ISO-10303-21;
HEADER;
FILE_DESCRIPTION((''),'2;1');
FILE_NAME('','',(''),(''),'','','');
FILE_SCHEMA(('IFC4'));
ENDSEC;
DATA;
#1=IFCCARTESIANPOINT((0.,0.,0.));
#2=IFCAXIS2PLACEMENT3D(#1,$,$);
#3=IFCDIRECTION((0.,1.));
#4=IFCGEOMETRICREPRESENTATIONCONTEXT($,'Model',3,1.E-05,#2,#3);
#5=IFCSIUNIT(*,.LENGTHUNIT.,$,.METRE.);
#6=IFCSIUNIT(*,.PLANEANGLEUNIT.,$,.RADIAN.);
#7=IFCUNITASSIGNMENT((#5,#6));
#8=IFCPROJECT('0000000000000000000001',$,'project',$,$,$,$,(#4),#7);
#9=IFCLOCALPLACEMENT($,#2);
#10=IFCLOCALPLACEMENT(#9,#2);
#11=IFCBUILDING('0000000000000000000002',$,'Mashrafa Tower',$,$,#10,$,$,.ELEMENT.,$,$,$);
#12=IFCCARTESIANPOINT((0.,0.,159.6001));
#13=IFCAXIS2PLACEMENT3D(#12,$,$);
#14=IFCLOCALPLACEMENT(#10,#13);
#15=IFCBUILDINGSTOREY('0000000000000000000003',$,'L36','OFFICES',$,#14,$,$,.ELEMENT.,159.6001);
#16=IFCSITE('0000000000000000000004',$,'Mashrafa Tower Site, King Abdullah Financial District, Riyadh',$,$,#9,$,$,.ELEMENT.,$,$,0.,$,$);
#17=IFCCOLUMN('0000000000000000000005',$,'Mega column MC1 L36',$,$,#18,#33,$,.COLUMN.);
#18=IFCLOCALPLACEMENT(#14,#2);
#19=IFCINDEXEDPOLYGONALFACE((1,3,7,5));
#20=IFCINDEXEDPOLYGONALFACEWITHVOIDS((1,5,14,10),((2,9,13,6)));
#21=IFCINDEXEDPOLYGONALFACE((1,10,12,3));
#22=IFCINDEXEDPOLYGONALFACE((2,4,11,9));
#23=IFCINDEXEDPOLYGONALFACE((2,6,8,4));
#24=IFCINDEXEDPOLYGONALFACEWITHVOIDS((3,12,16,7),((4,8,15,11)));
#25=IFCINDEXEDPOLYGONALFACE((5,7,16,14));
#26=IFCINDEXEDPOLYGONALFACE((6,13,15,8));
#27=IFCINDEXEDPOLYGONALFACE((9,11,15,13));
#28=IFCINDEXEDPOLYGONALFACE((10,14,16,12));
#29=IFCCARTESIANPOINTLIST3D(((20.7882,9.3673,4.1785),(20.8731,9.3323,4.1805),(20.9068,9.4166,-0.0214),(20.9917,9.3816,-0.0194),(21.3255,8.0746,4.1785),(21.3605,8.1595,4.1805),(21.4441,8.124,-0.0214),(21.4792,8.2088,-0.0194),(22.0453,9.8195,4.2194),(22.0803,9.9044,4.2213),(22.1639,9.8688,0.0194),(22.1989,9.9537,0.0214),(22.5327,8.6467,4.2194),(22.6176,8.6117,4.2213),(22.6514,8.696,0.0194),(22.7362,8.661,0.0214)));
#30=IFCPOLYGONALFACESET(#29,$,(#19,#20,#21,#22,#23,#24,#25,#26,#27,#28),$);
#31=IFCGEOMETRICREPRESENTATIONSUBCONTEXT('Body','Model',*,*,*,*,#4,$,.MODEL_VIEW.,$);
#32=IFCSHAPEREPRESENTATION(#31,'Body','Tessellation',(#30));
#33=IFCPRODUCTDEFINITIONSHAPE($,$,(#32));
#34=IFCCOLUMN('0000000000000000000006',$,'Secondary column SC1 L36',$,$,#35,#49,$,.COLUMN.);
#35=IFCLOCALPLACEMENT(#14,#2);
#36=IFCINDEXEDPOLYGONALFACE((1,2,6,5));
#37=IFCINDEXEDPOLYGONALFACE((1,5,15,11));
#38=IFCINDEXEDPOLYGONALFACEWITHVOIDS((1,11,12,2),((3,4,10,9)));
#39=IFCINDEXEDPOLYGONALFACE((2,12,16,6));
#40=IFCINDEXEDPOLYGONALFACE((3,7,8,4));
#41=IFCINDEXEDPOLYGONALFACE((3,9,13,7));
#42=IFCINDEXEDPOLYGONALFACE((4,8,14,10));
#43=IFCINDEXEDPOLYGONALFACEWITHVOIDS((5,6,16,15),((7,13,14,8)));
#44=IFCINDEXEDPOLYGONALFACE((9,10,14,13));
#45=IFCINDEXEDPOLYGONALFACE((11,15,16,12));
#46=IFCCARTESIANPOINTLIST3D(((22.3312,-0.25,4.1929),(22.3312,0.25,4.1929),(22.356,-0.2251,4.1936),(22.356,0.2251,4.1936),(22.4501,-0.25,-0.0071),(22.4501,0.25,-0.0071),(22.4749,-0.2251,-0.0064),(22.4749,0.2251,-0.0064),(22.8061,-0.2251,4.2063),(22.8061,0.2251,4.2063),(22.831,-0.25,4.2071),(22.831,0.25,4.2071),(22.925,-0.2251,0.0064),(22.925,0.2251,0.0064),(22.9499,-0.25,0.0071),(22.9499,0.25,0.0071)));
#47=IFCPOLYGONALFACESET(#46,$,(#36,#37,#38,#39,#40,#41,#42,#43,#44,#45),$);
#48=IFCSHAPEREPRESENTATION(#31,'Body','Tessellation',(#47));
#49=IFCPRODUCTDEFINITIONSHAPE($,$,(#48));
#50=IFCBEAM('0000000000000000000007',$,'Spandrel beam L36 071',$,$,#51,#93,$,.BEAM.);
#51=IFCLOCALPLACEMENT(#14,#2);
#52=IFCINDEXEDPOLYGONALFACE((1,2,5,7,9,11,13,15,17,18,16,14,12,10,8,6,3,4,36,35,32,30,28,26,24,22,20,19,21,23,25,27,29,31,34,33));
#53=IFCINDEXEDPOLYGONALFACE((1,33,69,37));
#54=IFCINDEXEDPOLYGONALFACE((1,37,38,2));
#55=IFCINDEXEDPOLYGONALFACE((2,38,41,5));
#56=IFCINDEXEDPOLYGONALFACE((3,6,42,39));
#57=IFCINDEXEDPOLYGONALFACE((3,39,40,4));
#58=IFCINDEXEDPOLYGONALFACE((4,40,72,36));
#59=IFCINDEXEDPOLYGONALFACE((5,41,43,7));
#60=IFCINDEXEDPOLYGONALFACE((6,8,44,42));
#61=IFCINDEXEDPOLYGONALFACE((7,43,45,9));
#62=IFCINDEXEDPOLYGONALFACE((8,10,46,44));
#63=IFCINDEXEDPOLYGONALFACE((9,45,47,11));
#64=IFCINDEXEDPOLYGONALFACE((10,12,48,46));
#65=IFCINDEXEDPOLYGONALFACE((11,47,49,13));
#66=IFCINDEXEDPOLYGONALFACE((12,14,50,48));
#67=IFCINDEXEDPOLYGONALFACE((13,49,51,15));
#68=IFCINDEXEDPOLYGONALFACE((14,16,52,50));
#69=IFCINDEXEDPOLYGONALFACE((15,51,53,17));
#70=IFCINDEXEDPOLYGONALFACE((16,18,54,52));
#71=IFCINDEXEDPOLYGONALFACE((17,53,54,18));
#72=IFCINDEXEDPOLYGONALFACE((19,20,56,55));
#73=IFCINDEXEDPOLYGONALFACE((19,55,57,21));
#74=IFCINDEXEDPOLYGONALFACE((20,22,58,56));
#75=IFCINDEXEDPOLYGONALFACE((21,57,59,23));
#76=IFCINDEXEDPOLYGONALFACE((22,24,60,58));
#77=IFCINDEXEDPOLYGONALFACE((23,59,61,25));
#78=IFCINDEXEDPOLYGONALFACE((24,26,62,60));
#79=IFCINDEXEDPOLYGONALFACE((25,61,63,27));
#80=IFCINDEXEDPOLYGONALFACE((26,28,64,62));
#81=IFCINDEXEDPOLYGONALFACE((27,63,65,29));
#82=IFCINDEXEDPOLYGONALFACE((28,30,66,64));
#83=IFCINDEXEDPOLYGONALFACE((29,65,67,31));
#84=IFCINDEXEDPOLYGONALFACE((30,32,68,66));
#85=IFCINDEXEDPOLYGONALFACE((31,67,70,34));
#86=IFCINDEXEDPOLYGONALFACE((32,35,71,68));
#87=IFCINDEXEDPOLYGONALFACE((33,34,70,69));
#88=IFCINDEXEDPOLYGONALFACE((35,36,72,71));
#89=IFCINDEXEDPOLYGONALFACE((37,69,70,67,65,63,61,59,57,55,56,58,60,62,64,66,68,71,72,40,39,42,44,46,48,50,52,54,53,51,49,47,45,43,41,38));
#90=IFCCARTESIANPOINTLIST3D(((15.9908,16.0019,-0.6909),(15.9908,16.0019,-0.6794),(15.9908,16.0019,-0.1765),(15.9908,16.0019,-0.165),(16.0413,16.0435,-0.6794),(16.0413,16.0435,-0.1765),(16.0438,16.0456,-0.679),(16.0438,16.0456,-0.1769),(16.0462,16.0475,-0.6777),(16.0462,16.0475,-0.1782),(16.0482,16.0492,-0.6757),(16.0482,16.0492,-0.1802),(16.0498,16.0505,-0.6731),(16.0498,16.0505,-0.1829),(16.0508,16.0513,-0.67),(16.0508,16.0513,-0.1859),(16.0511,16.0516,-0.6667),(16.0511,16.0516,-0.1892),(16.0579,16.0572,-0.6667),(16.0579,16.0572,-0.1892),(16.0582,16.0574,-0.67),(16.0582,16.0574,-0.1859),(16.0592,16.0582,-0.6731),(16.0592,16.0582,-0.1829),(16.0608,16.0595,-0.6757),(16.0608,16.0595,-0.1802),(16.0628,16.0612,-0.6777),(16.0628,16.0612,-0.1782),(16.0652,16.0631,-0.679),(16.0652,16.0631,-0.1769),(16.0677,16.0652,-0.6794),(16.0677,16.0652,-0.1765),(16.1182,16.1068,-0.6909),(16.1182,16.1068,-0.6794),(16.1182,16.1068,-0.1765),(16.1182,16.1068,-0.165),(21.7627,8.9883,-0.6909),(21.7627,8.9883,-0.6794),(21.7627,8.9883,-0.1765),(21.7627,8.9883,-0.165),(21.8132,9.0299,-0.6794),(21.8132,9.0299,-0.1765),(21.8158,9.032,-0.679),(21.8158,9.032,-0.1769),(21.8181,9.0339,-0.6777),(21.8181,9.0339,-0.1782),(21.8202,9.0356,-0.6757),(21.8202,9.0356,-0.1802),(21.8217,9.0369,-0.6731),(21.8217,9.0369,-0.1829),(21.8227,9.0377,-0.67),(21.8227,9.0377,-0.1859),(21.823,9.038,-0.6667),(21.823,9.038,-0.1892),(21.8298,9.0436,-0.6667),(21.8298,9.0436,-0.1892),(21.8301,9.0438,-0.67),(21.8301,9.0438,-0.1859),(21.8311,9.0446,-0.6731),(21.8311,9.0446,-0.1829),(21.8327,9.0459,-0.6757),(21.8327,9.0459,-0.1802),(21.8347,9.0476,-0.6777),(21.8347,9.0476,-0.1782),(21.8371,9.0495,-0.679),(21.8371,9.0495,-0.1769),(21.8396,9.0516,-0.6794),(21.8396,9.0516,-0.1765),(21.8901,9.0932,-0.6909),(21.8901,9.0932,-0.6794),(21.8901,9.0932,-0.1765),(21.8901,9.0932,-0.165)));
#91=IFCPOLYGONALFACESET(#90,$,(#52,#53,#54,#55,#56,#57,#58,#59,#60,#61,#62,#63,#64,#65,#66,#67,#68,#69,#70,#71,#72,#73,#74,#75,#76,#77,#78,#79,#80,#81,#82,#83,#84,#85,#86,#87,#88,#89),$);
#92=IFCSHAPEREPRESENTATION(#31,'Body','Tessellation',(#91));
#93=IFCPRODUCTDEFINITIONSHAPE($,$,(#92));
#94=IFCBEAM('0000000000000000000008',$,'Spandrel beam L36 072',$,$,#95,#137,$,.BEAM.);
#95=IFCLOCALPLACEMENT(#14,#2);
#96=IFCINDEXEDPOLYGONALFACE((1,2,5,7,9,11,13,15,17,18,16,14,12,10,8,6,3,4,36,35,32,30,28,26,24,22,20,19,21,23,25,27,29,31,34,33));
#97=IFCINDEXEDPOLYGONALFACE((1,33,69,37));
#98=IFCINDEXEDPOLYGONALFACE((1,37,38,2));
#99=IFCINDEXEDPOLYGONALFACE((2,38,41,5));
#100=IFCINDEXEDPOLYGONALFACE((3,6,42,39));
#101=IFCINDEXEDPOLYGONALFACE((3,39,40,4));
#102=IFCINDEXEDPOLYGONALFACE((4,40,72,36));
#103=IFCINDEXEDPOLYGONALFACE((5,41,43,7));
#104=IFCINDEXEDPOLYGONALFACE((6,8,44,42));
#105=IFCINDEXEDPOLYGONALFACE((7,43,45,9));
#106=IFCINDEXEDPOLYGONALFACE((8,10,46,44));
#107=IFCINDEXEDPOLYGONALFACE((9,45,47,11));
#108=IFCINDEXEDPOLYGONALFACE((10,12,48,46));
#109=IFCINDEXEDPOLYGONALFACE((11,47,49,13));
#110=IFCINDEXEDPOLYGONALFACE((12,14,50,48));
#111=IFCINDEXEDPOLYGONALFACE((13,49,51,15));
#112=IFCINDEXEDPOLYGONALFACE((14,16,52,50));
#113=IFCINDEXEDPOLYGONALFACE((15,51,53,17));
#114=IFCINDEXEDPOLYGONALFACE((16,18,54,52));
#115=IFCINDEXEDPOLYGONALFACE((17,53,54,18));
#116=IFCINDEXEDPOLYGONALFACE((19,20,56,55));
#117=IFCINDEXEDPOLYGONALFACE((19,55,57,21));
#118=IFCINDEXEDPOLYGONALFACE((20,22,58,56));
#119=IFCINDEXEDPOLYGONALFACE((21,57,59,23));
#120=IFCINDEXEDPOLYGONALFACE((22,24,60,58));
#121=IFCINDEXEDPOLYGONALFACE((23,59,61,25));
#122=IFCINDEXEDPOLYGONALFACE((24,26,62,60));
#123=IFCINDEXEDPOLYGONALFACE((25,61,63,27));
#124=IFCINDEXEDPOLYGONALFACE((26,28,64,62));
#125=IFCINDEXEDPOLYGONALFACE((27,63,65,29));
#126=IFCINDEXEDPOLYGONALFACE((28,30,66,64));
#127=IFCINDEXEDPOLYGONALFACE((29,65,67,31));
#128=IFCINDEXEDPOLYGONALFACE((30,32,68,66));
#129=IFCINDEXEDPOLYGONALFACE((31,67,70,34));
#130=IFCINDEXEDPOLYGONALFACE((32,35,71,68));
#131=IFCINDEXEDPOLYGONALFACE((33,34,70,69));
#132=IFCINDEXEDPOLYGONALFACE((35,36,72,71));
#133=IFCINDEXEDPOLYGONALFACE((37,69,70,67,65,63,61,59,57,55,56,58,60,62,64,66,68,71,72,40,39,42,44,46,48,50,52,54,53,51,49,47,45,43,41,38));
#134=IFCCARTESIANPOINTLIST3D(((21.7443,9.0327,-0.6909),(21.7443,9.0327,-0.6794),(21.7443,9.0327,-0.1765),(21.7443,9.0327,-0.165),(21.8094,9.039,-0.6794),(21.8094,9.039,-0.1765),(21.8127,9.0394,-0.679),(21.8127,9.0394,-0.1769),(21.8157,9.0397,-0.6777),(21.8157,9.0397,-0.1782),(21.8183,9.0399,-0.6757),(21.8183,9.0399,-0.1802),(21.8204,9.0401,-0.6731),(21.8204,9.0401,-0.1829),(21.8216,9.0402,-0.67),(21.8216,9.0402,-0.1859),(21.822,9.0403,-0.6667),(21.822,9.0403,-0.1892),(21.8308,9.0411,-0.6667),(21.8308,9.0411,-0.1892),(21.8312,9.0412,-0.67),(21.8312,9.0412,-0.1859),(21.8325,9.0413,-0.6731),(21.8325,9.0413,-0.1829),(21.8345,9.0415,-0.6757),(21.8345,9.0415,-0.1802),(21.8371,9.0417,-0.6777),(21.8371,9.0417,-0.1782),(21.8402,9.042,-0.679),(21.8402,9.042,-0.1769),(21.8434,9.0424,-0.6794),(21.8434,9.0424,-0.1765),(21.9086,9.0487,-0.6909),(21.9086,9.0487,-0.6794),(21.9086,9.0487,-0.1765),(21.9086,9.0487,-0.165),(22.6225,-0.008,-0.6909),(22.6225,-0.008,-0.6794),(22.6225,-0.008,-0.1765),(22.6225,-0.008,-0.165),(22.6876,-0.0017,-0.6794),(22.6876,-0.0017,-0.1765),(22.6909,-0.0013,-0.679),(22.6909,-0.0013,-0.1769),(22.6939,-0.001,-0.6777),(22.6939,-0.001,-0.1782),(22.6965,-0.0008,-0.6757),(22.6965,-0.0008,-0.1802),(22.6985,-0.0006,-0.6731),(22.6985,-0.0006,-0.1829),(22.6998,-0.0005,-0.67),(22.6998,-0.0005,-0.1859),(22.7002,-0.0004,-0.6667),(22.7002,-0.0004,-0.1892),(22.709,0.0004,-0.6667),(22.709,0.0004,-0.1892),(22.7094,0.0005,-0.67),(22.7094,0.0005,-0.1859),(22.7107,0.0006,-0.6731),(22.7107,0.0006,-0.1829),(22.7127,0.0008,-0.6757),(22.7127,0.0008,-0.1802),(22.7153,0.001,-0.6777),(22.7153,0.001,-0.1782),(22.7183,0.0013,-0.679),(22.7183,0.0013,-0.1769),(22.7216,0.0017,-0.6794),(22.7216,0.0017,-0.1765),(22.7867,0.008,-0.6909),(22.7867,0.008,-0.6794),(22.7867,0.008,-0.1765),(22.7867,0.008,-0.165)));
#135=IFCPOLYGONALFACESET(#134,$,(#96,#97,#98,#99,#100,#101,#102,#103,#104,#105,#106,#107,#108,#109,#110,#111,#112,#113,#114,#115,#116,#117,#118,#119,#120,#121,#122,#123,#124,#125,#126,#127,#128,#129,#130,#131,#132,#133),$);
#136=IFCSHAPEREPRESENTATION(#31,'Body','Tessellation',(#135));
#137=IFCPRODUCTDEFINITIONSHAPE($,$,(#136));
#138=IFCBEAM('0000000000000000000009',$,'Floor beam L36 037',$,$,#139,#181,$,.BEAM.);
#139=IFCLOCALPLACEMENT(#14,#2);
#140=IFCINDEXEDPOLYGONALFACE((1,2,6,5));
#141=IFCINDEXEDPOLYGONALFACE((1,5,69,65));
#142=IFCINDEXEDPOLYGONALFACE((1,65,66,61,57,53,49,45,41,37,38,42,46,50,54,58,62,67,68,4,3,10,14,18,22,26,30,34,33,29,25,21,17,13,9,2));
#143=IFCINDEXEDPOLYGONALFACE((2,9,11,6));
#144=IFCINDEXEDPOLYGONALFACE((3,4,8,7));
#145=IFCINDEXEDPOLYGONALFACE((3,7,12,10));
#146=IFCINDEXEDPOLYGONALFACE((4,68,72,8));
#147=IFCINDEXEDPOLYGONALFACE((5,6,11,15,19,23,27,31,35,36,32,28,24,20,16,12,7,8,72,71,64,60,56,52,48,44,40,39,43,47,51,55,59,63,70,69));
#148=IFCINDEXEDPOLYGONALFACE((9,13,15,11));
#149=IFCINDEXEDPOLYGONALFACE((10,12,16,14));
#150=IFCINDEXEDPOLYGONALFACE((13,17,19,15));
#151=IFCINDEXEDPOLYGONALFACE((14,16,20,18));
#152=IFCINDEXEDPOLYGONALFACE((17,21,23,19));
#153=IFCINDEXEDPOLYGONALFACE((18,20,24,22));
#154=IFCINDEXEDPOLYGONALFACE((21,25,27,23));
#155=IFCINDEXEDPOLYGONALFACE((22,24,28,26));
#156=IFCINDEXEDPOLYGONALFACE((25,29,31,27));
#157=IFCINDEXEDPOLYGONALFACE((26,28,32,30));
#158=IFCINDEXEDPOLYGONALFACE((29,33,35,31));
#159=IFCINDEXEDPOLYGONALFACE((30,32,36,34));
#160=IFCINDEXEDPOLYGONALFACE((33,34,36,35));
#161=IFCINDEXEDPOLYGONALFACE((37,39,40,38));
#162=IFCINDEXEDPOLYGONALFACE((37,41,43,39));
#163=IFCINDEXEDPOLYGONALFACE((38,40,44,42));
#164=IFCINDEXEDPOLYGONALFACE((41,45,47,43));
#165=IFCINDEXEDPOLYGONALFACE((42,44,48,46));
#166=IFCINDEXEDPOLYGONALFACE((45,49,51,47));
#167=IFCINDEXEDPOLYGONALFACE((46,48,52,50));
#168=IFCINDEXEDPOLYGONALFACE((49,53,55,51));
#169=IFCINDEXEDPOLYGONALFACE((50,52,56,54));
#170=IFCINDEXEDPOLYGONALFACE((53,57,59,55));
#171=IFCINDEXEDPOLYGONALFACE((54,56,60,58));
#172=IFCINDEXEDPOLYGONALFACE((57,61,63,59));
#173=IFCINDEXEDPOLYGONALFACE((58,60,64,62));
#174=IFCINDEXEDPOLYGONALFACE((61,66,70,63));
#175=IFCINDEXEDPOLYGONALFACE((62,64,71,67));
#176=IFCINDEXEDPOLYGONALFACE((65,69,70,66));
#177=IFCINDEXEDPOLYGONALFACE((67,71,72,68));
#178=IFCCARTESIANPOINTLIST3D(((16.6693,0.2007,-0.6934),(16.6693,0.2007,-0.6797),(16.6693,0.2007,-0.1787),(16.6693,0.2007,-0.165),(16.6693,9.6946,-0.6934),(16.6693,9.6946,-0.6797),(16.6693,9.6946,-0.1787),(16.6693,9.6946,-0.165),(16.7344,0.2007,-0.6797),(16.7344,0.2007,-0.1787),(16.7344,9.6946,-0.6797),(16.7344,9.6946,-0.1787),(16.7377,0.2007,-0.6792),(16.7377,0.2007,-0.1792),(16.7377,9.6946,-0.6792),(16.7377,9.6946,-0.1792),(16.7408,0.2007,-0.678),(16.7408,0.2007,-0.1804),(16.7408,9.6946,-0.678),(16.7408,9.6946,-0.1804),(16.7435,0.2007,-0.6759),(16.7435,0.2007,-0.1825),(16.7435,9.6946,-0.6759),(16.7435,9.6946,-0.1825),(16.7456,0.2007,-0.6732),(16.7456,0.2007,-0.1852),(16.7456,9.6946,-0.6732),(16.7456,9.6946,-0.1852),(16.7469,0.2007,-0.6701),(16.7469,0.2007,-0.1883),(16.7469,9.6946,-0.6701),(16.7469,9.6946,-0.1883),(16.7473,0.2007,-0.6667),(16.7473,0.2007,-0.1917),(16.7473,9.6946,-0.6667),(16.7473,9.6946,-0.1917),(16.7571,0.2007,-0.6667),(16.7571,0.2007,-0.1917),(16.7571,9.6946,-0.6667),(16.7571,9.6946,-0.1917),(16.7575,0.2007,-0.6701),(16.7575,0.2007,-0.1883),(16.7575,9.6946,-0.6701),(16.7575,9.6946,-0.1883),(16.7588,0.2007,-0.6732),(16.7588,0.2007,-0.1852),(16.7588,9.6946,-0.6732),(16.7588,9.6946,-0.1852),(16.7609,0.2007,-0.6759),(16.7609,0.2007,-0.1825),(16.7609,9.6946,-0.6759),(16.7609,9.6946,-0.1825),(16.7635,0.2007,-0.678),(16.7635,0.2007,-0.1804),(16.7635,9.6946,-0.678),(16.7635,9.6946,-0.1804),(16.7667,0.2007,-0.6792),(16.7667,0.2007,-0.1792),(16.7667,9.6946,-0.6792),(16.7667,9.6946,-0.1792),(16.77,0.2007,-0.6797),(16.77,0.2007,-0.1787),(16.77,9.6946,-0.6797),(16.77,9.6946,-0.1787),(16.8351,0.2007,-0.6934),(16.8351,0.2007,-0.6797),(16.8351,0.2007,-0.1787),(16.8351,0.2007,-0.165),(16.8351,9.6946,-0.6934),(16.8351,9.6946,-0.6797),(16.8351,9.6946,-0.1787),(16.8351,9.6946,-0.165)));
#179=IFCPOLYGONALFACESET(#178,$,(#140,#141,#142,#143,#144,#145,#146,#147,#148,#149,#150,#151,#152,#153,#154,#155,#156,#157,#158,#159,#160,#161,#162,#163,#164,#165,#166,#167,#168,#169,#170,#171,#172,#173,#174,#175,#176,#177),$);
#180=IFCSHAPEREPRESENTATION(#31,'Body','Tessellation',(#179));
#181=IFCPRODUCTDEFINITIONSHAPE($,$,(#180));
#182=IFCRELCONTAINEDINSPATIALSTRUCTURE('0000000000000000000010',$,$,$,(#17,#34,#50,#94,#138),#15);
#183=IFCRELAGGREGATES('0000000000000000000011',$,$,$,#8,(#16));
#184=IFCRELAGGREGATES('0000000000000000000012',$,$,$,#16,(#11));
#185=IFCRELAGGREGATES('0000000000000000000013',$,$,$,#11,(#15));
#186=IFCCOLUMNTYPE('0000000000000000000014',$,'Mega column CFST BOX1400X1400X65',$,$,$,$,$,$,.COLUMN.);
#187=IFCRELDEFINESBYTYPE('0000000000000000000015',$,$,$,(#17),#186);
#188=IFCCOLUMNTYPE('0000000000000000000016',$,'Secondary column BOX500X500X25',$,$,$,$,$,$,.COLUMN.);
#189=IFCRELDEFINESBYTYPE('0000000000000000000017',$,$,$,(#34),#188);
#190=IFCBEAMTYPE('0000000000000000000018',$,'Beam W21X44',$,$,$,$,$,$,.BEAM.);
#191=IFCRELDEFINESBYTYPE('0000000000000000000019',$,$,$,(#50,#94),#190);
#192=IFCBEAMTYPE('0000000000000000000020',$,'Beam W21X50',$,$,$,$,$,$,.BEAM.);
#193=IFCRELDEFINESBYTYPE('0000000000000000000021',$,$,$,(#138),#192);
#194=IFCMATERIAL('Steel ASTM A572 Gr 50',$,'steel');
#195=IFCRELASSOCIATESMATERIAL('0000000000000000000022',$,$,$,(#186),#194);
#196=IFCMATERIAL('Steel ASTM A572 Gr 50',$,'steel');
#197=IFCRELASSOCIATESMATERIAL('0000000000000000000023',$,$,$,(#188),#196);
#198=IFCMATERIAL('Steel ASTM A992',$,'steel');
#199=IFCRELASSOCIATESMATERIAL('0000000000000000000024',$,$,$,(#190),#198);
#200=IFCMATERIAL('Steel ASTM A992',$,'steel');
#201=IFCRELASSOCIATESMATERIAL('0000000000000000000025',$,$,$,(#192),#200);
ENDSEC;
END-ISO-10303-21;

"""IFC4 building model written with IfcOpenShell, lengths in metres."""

from ifc_helpers import new_model, si_unit, direction, frame, origin, origin_2d, place, context, subcontext, project, spatial, hollow_rectangle, i_section, extrude, material, material_profile, profile_set, type_object, element, save


model = new_model("IFC4")

# Units and contexts
model_context = context("Model", 3, precision=1e-05, world=origin(), true_north=direction((0.0, 1.0)))
body_context = subcontext(model_context, "Body", "Model", "MODEL_VIEW")
ifc_project = project(units=[si_unit("LENGTHUNIT", "METRE"), si_unit("PLANEANGLEUNIT", "RADIAN")], contexts=[model_context])

# Site, building, storey
site_placement = place(None, origin())
site = spatial("IfcSite", under=ifc_project, at=site_placement, Name="Mashrafa Tower Site, King Abdullah Financial District, Riyadh", CompositionType="ELEMENT", RefElevation=0.0)
building_placement = place(site_placement, origin())
building = spatial("IfcBuilding", under=site, at=building_placement, Name="Mashrafa Tower", CompositionType="ELEMENT")
storey_placement = place(building_placement, frame((0.0, 0.0, 159.6001)))
storey = spatial("IfcBuildingStorey", under=building, at=storey_placement, Name="L36", Description="OFFICES", CompositionType="ELEMENT", Elevation=159.6001)

# Columns
ifc_material_1 = material(Name="Steel ASTM A572 Gr 50", Category="steel")
ifc_material_profile_1 = material_profile(ifc_material_1, hollow_rectangle(XDim=1.3999, YDim=1.3999, WallThickness=0.0649, at=origin_2d()), Name="BOX1400X1400X65")
ifc_profile_set_1 = profile_set([ifc_material_profile_1], Name="Steel ASTM A572 Gr 50")
column_type_1 = type_object("IfcColumnType", Name="Mega column CFST BOX1400X1400X65", PredefinedType="COLUMN", material=ifc_profile_set_1)
column_1_placement = place(storey_placement, frame((21.8215, 9.0388, 0.0), z_axis=(-0.028238, -0.011737, 0.999532), x_axis=(0.383806, -0.923414, 0.0)))
element("IfcColumn", 1, at=column_1_placement, inside=storey, type_object=column_type_1, Name="Mega column MC1 L36", PredefinedType="COLUMN", context=body_context, shape_type="SweptSolid", body=[
    extrude(hollow_rectangle(XDim=1.3999, YDim=1.3999, WallThickness=0.0649, at=origin_2d()), origin(), (0.0, 0.0, 1.0), 4.2019),
])
ifc_material_2 = material(Name="Steel ASTM A572 Gr 50", Category="steel")
ifc_material_profile_2 = material_profile(ifc_material_2, hollow_rectangle(XDim=0.5, YDim=0.5, WallThickness=0.0249, at=origin_2d()), Name="BOX500X500X25")
ifc_profile_set_2 = profile_set([ifc_material_profile_2], Name="Steel ASTM A572 Gr 50")
column_type_2 = type_object("IfcColumnType", Name="Secondary column BOX500X500X25", PredefinedType="COLUMN", material=ifc_profile_set_2)
column_2_placement = place(storey_placement, frame((22.7, 0.0, 0.0), z_axis=(-0.028298, 0.0, 0.9996), x_axis=(0.0, -1.0, 0.0)))
element("IfcColumn", 2, at=column_2_placement, inside=storey, type_object=column_type_2, Name="Secondary column SC1 L36", PredefinedType="COLUMN", context=body_context, shape_type="SweptSolid", body=[
    extrude(hollow_rectangle(XDim=0.5, YDim=0.5, WallThickness=0.0249, at=origin_2d()), origin(), (0.0, 0.0, 1.0), 4.2017),
])

# Beams
ifc_material_3 = material(Name="Steel ASTM A992", Category="steel")
ifc_material_profile_3 = material_profile(ifc_material_3, i_section(OverallWidth=0.165, OverallDepth=0.5259, WebThickness=0.0088, FlangeThickness=0.0115, FilletRadius=0.0127, at=origin_2d()), Name="W21X44")
ifc_profile_set_3 = profile_set([ifc_material_profile_3], Name="Steel ASTM A992")
beam_type_1 = type_object("IfcBeamType", Name="Beam W21X44", PredefinedType="BEAM", material=ifc_profile_set_3)
for number, where, z_axis, x_axis, name in (
    (3, (21.8264, 9.0408, -0.428), (-0.635445, 0.772146, 0.0), (-0.772146, -0.635445, 0.0), "Spandrel beam L36 071"),
    (4, (22.7046, 0.0, -0.428), (-0.09668, 0.995316, 0.0), (-0.995316, -0.09668, 0.0), "Spandrel beam L36 072"),
):
    element("IfcBeam", number, at=place(storey_placement, frame(where, z_axis=z_axis, x_axis=x_axis)), inside=storey, type_object=beam_type_1, Name=name, PredefinedType="BEAM", context=body_context, shape_type="SweptSolid", body=[
        extrude(i_section(OverallWidth=0.165, OverallDepth=0.5259, WebThickness=0.0088, FlangeThickness=0.0115, FilletRadius=0.0127, at=origin_2d()), origin(), (0.0, 0.0, 1.0), 9.0833),
    ])
ifc_material_4 = material(Name="Steel ASTM A992", Category="steel")
ifc_material_profile_4 = material_profile(ifc_material_4, i_section(OverallWidth=0.1658, OverallDepth=0.5283, WebThickness=0.0098, FlangeThickness=0.0137, FilletRadius=0.0129, at=origin_2d()), Name="W21X50")
ifc_profile_set_4 = profile_set([ifc_material_profile_4], Name="Steel ASTM A992")
beam_type_2 = type_object("IfcBeamType", Name="Beam W21X50", PredefinedType="BEAM", material=ifc_profile_set_4)
beam_1_placement = place(storey_placement, frame((16.7522, 9.6946, -0.4292), z_axis=(0.0, -1.0, 0.0), x_axis=(1.0, 0.0, 0.0)))
element("IfcBeam", 5, at=beam_1_placement, inside=storey, type_object=beam_type_2, Name="Floor beam L36 037", PredefinedType="BEAM", context=body_context, shape_type="SweptSolid", body=[
    extrude(i_section(OverallWidth=0.1658, OverallDepth=0.5283, WebThickness=0.0098, FlangeThickness=0.0137, FilletRadius=0.0129, at=origin_2d()), origin(), (0.0, 0.0, 1.0), 9.4939),
])

save(model, "model.ifc")
